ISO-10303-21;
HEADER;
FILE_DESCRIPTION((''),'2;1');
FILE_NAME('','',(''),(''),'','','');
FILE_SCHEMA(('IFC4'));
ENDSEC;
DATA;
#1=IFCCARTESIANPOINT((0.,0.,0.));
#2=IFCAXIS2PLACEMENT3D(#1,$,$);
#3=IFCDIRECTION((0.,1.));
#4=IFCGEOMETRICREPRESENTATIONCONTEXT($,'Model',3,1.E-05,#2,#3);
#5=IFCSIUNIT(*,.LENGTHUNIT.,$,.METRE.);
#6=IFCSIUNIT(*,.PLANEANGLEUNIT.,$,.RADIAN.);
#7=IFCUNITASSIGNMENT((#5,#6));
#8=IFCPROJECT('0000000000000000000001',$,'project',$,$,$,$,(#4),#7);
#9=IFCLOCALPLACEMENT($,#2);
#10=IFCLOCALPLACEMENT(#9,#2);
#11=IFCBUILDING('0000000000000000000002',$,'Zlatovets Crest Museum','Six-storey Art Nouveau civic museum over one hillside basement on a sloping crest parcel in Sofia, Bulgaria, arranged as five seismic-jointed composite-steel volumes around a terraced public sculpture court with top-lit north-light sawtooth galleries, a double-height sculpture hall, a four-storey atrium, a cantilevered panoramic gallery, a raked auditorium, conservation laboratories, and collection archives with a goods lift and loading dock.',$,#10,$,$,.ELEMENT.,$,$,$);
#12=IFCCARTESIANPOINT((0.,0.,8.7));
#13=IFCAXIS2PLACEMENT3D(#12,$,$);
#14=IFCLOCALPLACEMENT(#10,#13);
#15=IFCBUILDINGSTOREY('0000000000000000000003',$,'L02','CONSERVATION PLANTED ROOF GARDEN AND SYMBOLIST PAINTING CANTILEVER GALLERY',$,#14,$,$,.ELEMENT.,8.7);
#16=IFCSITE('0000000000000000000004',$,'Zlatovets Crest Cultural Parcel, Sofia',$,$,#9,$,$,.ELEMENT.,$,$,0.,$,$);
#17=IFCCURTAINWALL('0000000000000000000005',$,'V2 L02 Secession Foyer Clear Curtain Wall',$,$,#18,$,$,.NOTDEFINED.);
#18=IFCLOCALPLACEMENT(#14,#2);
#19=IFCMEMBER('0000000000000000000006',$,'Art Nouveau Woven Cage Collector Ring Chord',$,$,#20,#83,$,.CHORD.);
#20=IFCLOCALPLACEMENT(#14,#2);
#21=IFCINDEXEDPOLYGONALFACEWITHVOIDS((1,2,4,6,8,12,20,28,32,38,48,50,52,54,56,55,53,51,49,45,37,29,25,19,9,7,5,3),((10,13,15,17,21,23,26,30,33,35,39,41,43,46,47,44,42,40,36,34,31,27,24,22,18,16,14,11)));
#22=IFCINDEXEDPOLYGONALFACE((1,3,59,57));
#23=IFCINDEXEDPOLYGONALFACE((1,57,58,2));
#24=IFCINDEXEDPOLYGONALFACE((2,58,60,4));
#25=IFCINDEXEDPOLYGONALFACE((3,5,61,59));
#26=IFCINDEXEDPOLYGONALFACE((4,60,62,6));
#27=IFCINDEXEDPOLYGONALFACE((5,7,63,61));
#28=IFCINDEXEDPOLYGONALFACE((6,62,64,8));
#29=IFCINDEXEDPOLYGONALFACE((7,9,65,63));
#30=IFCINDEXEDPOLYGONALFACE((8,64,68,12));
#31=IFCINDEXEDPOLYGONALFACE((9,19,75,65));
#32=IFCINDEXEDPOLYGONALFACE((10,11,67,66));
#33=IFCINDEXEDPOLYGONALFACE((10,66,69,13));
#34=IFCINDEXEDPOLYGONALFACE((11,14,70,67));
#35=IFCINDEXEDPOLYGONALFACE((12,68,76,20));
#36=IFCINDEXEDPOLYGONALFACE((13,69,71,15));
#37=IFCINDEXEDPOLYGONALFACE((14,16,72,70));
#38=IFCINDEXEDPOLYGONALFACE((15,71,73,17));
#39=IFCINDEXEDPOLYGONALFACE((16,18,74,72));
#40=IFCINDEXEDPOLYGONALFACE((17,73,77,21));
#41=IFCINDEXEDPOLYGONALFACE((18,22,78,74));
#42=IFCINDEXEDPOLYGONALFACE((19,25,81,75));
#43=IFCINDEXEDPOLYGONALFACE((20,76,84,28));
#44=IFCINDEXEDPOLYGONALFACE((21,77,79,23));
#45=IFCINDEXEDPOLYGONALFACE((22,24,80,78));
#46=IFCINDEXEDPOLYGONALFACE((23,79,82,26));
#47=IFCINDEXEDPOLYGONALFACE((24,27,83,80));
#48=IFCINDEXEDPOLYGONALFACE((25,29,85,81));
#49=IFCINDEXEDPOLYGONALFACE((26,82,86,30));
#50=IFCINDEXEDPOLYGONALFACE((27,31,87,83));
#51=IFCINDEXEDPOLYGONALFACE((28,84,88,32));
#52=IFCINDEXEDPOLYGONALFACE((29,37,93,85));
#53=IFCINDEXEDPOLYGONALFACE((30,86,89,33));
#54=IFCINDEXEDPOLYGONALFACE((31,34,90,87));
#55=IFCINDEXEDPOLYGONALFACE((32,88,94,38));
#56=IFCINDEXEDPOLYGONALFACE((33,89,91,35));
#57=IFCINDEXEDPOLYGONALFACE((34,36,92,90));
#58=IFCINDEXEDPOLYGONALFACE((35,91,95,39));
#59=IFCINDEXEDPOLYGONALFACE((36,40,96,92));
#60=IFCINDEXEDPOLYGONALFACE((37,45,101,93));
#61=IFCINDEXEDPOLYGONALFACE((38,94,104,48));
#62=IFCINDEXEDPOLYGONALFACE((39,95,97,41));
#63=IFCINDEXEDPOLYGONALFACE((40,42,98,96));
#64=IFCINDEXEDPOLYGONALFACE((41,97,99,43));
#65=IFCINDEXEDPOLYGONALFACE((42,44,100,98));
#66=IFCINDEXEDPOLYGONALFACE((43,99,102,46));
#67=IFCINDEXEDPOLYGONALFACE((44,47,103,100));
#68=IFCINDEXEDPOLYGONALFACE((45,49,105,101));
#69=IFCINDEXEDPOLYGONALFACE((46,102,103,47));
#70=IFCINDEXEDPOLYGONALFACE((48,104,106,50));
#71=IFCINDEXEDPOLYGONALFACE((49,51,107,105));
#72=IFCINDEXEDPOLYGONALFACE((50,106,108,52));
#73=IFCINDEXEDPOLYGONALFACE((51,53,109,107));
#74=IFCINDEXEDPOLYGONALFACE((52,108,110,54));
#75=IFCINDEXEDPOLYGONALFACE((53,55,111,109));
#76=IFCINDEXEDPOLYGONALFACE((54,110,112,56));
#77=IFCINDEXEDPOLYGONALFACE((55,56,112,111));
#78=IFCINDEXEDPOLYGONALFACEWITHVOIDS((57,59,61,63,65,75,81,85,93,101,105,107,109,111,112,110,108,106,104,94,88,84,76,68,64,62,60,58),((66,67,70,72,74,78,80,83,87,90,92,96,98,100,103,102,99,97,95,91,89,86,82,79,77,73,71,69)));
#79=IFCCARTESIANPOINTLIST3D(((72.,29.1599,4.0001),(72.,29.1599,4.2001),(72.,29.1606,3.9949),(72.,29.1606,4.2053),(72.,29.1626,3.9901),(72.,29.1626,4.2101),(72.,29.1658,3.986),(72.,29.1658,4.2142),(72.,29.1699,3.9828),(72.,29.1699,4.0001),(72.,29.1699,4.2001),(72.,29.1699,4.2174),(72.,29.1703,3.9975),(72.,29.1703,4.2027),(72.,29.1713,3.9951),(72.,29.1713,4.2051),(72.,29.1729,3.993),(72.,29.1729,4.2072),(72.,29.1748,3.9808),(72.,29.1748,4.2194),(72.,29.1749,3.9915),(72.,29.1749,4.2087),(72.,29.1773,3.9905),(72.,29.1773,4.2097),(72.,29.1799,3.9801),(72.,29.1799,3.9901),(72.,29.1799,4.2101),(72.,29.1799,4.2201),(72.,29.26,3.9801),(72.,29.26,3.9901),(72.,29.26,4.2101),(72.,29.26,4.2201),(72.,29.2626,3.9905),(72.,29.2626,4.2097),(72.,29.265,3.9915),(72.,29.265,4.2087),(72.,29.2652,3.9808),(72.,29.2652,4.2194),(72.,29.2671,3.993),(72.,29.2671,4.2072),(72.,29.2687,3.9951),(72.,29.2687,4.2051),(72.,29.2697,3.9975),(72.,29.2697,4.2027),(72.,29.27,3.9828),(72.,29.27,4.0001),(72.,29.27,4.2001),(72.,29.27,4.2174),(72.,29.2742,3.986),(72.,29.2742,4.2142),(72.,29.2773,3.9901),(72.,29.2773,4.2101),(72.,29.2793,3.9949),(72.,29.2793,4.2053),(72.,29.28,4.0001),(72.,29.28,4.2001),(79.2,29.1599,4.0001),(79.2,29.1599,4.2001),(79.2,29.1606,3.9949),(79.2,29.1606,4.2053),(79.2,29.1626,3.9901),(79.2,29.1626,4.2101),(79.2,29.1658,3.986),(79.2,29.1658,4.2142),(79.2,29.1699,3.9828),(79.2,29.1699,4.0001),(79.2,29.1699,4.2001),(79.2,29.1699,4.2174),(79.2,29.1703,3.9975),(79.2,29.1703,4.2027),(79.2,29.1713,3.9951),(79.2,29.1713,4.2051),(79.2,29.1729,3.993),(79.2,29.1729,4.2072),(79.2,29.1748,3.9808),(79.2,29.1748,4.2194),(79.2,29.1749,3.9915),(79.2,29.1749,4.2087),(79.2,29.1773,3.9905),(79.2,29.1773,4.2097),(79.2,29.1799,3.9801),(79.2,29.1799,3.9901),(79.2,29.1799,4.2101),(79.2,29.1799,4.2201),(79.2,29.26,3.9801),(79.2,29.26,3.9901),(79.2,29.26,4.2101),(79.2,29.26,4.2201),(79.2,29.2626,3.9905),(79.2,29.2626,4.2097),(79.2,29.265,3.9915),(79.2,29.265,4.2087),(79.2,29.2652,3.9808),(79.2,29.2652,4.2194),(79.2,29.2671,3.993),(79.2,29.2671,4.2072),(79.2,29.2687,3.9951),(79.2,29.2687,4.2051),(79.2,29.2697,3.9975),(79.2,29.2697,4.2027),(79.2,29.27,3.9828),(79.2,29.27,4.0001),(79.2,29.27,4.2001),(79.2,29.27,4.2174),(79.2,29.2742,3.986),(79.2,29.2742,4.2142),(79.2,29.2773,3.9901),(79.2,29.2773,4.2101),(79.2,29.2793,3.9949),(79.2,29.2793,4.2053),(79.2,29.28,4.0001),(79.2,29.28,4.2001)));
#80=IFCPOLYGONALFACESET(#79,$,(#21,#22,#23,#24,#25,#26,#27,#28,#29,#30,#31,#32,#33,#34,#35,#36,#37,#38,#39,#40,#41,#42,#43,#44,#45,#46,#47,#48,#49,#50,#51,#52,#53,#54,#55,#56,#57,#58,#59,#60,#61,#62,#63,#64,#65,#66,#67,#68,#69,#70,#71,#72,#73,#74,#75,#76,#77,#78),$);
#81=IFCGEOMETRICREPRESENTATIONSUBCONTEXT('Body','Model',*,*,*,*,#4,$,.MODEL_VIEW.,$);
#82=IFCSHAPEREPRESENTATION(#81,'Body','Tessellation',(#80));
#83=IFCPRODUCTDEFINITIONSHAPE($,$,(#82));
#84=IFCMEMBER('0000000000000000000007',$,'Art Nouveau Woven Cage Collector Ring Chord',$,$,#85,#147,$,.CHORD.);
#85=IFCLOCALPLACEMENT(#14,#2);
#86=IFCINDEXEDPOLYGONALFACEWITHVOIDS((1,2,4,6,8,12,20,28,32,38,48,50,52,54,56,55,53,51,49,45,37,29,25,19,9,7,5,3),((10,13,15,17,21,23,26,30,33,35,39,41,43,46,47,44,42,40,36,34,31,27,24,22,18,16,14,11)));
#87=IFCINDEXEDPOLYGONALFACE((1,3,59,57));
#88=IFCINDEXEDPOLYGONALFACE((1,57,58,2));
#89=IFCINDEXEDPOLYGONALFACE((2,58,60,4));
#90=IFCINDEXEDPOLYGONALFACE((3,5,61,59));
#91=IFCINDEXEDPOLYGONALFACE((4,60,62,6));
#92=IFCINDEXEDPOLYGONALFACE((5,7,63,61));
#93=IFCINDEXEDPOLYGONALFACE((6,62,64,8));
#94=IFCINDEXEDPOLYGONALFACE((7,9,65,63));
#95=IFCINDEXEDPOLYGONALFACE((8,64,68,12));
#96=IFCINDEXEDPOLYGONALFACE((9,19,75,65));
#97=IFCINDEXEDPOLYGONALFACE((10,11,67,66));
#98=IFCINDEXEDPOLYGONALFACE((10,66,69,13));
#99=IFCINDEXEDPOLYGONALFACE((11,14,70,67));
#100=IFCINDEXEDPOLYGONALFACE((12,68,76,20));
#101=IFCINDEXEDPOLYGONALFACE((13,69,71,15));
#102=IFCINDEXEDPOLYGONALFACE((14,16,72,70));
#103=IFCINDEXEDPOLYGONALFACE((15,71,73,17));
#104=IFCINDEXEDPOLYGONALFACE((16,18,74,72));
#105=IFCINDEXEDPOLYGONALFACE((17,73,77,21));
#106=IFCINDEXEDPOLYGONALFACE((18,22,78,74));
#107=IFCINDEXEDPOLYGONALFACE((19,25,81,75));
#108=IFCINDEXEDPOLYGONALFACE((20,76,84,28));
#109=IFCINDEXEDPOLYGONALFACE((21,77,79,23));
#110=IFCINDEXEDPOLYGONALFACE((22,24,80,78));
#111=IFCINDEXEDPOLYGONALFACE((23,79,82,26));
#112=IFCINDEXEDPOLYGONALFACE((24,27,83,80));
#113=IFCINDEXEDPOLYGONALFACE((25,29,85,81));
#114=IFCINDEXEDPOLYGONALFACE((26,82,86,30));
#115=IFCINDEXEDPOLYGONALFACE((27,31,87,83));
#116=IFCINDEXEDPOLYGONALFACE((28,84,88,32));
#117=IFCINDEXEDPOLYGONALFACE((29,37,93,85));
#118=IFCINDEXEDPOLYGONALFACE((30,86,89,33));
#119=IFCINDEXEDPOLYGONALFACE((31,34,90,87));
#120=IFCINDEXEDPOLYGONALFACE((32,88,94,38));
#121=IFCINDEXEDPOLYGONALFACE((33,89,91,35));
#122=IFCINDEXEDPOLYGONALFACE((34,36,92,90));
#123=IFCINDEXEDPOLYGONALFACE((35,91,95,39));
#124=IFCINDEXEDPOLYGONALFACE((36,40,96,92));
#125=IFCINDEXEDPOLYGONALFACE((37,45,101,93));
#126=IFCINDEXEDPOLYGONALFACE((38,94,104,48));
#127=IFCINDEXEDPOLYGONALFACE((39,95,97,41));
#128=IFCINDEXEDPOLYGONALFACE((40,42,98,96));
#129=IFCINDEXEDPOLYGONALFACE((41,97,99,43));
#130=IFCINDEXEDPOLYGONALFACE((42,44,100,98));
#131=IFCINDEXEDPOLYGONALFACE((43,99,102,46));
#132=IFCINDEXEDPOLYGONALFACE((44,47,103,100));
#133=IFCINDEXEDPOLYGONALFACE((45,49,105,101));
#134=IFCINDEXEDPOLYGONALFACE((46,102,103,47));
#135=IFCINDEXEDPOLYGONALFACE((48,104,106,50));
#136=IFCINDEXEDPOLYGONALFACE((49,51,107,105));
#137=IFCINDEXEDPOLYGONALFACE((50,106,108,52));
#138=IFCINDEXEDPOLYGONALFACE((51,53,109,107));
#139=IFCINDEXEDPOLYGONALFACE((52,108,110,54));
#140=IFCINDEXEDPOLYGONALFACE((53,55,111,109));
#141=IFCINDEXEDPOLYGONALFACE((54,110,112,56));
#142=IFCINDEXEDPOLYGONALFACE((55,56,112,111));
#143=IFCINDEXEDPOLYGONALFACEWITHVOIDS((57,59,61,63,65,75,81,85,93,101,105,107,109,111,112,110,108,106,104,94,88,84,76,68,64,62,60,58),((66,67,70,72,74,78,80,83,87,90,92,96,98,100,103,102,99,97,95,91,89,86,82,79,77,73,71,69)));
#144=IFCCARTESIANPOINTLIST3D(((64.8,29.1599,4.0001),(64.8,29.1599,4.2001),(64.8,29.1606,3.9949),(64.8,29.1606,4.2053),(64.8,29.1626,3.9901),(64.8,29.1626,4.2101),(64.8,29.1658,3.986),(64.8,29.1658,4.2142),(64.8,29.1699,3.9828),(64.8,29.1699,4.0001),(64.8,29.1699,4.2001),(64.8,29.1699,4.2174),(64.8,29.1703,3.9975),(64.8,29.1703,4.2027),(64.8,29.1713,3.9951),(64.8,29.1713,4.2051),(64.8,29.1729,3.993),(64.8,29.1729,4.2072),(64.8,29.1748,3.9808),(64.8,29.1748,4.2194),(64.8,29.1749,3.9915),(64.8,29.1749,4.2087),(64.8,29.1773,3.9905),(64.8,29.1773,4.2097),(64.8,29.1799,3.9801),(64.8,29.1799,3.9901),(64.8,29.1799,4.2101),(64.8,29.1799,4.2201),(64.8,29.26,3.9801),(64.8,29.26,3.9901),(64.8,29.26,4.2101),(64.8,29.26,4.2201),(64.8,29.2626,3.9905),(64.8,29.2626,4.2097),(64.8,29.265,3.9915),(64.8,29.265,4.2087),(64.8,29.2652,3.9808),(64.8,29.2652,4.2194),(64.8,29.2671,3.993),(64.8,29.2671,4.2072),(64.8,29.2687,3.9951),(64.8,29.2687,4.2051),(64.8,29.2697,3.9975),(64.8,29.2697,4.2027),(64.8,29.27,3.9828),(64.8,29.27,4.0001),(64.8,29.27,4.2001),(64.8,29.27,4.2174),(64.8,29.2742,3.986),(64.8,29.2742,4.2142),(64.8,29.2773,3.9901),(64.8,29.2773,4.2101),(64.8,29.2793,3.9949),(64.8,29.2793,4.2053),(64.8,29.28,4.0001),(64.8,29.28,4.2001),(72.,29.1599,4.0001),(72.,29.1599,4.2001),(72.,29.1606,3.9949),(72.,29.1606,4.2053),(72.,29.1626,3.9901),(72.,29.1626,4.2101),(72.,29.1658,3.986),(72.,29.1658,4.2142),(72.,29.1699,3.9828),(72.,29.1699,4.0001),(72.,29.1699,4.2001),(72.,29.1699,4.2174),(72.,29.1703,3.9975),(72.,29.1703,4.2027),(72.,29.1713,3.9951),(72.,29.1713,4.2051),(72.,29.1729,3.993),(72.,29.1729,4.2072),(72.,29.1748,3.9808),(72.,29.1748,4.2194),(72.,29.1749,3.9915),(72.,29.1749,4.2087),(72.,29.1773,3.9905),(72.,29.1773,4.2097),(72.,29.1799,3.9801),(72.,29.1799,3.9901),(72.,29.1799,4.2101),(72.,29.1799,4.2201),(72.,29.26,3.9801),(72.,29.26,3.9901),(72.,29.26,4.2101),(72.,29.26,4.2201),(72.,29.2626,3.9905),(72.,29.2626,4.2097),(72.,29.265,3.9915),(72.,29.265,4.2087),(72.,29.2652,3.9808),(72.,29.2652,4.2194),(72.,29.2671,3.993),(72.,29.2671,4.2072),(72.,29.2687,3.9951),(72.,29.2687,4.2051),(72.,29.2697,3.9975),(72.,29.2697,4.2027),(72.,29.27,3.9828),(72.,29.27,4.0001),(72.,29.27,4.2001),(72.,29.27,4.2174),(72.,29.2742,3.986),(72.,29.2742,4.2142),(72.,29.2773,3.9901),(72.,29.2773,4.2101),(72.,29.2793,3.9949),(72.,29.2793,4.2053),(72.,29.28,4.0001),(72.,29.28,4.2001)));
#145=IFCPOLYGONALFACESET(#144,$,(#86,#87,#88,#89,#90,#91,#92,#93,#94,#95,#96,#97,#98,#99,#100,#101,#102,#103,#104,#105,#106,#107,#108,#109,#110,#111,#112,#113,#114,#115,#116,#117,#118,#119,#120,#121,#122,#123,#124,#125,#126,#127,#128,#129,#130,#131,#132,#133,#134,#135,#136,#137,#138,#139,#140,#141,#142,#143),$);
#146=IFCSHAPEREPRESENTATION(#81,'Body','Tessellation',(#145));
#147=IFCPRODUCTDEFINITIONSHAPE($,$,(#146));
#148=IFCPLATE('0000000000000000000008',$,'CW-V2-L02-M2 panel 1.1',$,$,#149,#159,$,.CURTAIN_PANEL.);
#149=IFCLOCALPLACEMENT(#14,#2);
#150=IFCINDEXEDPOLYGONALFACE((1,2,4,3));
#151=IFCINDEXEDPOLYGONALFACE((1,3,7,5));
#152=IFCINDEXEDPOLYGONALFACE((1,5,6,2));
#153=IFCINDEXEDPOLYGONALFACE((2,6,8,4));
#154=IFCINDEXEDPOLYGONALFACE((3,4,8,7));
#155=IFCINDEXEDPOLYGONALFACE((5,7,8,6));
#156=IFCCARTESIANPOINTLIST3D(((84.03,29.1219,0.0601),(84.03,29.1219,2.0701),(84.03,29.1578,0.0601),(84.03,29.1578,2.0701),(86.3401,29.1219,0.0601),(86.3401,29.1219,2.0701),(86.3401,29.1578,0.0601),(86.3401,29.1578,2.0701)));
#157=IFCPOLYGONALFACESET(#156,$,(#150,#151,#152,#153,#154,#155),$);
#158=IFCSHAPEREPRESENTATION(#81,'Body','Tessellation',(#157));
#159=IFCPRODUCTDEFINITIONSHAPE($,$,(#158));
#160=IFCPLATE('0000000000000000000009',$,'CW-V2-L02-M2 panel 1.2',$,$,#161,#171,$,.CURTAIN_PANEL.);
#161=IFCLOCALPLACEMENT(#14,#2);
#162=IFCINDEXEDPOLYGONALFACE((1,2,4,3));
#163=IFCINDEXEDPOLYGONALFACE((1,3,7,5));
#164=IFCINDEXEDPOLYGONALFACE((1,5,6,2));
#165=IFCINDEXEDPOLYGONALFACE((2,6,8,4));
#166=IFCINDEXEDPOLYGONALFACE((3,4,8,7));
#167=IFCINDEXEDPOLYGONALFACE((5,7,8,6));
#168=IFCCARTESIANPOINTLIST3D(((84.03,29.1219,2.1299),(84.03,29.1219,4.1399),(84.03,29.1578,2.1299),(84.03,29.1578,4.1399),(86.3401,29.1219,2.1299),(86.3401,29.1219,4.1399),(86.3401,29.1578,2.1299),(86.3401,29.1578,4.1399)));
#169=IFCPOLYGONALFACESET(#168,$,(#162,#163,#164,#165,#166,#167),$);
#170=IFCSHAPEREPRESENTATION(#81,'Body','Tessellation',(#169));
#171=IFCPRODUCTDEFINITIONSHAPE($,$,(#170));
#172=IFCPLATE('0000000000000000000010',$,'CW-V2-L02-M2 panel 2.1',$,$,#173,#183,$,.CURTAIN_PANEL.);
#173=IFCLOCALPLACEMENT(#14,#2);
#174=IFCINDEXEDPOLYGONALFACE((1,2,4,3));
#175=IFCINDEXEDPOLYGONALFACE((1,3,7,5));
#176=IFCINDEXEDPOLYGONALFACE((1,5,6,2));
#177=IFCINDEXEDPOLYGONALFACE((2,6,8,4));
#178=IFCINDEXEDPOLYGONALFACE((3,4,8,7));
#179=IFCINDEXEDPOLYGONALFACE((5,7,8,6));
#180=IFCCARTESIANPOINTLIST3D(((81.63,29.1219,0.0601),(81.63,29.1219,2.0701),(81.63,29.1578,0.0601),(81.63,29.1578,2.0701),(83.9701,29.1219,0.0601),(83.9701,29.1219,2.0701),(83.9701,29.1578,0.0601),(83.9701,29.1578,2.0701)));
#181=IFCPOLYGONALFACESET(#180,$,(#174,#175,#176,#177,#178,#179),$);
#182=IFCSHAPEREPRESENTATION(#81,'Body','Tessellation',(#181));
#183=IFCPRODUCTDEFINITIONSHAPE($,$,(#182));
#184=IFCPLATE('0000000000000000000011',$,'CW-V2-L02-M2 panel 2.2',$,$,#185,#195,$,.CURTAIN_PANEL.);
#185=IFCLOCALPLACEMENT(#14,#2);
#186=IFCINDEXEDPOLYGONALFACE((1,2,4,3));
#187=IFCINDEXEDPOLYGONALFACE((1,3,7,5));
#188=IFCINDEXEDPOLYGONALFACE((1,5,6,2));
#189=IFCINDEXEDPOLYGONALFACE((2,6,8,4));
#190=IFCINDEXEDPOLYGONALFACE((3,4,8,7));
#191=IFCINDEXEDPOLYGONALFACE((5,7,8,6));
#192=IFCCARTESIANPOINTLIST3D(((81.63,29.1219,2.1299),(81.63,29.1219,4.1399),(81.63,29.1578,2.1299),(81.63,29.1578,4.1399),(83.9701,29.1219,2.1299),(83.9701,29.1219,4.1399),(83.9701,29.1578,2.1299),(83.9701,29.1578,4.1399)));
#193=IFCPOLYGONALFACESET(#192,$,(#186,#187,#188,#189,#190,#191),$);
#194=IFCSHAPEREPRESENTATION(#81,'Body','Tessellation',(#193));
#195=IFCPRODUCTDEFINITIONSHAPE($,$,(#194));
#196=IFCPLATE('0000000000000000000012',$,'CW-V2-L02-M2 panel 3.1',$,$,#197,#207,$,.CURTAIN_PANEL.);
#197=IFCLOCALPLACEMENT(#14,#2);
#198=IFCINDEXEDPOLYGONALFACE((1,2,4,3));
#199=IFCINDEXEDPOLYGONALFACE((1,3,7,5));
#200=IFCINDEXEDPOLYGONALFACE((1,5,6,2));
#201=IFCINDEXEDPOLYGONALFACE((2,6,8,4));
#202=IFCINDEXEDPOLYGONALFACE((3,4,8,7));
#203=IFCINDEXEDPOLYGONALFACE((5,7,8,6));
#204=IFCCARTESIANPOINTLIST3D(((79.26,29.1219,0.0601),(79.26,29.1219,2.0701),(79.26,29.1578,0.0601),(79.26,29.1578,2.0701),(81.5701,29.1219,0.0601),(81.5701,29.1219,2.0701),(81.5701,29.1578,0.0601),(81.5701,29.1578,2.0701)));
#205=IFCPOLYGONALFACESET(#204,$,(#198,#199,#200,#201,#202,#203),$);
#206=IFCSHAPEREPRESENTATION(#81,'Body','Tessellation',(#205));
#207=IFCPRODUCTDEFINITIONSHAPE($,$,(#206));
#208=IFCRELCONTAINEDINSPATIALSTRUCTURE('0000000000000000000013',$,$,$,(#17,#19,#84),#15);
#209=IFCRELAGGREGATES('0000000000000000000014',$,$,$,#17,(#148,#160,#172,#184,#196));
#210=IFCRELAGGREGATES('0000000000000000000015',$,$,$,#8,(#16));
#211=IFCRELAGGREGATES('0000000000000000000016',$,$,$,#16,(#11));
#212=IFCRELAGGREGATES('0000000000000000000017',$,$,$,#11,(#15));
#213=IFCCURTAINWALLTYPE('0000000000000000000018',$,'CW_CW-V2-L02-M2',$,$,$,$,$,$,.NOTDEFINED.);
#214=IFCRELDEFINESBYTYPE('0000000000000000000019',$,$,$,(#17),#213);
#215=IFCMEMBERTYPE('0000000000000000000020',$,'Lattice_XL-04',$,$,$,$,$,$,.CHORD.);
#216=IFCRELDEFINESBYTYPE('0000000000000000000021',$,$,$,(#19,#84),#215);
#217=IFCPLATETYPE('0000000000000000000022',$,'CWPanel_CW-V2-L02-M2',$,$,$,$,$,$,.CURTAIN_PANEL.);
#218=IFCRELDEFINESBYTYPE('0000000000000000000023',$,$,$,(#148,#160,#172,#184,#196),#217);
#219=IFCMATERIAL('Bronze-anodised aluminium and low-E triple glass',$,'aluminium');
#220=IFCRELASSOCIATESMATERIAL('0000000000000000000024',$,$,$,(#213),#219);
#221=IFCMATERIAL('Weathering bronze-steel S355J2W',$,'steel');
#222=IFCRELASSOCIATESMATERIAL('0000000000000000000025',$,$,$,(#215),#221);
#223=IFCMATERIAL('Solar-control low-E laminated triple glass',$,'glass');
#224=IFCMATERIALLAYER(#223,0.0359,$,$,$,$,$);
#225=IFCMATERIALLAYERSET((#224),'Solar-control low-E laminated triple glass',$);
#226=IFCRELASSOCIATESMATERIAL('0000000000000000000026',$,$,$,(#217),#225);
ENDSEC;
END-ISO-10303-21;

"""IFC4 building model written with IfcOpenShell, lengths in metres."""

from ifc_helpers import new_model, si_unit, direction, frame, origin, origin_2d, place, context, subcontext, project, spatial, rectangle, hollow_rectangle, extrude, material, layer, layer_set, material_profile, profile_set, type_object, element, aggregate, save


model = new_model("IFC4")

# Units and contexts
model_context = context("Model", 3, precision=1e-05, world=origin(), true_north=direction((0.0, 1.0)))
body_context = subcontext(model_context, "Body", "Model", "MODEL_VIEW")
ifc_project = project(units=[si_unit("LENGTHUNIT", "METRE"), si_unit("PLANEANGLEUNIT", "RADIAN")], contexts=[model_context])

# Site, building, storey
site_placement = place(None, origin())
site = spatial("IfcSite", under=ifc_project, at=site_placement, Name="Zlatovets Crest Cultural Parcel, Sofia", CompositionType="ELEMENT", RefElevation=0.0)
building_placement = place(site_placement, origin())
building = spatial("IfcBuilding", under=site, at=building_placement, Name="Zlatovets Crest Museum", Description="Six-storey Art Nouveau civic museum over one hillside basement on a sloping crest parcel in Sofia, Bulgaria, arranged as five seismic-jointed composite-steel volumes around a terraced public sculpture court with top-lit north-light sawtooth galleries, a double-height sculpture hall, a four-storey atrium, a cantilevered panoramic gallery, a raked auditorium, conservation laboratories, and collection archives with a goods lift and loading dock.", CompositionType="ELEMENT")
storey_placement = place(building_placement, frame((0.0, 0.0, 8.7)))
storey = spatial("IfcBuildingStorey", under=building, at=storey_placement, Name="L02", Description="CONSERVATION PLANTED ROOF GARDEN AND SYMBOLIST PAINTING CANTILEVER GALLERY", CompositionType="ELEMENT", Elevation=8.7)

# Curtain wall
ifc_material_1 = material(Name="Bronze-anodised aluminium and low-E triple glass", Category="aluminium")
curtain_wall_type_1 = type_object("IfcCurtainWallType", Name="CW_CW-V2-L02-M2", PredefinedType="NOTDEFINED", material=ifc_material_1)
curtain_wall_1_placement = place(storey_placement, origin())
curtain_wall_1 = element("IfcCurtainWall", 1, at=curtain_wall_1_placement, inside=storey, type_object=curtain_wall_type_1, Name="V2 L02 Secession Foyer Clear Curtain Wall", PredefinedType="NOTDEFINED")

# Members
ifc_material_2 = material(Name="Weathering bronze-steel S355J2W", Category="steel")
ifc_material_profile_1 = material_profile(ifc_material_2, hollow_rectangle(XDim=0.1201, YDim=0.24, WallThickness=0.01, InnerFilletRadius=0.01, OuterFilletRadius=0.02, at=origin_2d()), Name="RHS 120x240x10.0")
ifc_profile_set_1 = profile_set([ifc_material_profile_1], Name="Weathering bronze-steel S355J2W")
member_type_1 = type_object("IfcMemberType", Name="Lattice_XL-04", PredefinedType="CHORD", material=ifc_profile_set_1)
for number, where, z_axis, x_axis, name in (
    (2, (79.2, 29.22, 4.1001), (-1.0, 0.0, 0.0), (0.0, -1.0, 0.0), "Art Nouveau Woven Cage Collector Ring Chord"),
    (3, (72.0, 29.22, 4.1001), (-1.0, 0.0, 0.0), (0.0, -1.0, 0.0), "Art Nouveau Woven Cage Collector Ring Chord"),
):
    element("IfcMember", number, at=place(storey_placement, frame(where, z_axis=z_axis, x_axis=x_axis)), inside=storey, type_object=member_type_1, Name=name, PredefinedType="CHORD", context=body_context, shape_type="SweptSolid", body=[
        extrude(hollow_rectangle(XDim=0.1201, YDim=0.24, WallThickness=0.01, InnerFilletRadius=0.01, OuterFilletRadius=0.02, at=origin_2d()), origin(), (0.0, 0.0, 1.0), 7.2),
    ])

# Plates
ifc_material_3 = material(Name="Solar-control low-E laminated triple glass", Category="glass")
ifc_layer_1 = layer(ifc_material_3, 0.0359)
ifc_layer_set_1 = layer_set([ifc_layer_1], Name="Solar-control low-E laminated triple glass")
plate_type_1 = type_object("IfcPlateType", Name="CWPanel_CW-V2-L02-M2", PredefinedType="CURTAIN_PANEL", material=ifc_layer_set_1)
plate_1_placement = place(storey_placement, frame((85.1851, 29.1399, 0.0601), z_axis=(0.0, 0.0, 1.0), x_axis=(-1.0, 0.0, 0.0)))
plate_1 = element("IfcPlate", 4, at=plate_1_placement, type_object=plate_type_1, Name="CW-V2-L02-M2 panel 1.1", PredefinedType="CURTAIN_PANEL", context=body_context, shape_type="SweptSolid", body=[
    extrude(rectangle(XDim=2.3101, YDim=0.0359, at=origin_2d()), origin(), (0.0, 0.0, 1.0), 2.01),
])
plate_2_placement = place(storey_placement, frame((85.1851, 29.1399, 2.1299), z_axis=(0.0, 0.0, 1.0), x_axis=(-1.0, 0.0, 0.0)))
plate_2 = element("IfcPlate", 5, at=plate_2_placement, type_object=plate_type_1, Name="CW-V2-L02-M2 panel 1.2", PredefinedType="CURTAIN_PANEL", context=body_context, shape_type="SweptSolid", body=[
    extrude(rectangle(XDim=2.3101, YDim=0.0359, at=origin_2d()), origin(), (0.0, 0.0, 1.0), 2.01),
])
plate_3_placement = place(storey_placement, frame((82.8, 29.1399, 0.0601), z_axis=(0.0, 0.0, 1.0), x_axis=(-1.0, 0.0, 0.0)))
plate_3 = element("IfcPlate", 6, at=plate_3_placement, type_object=plate_type_1, Name="CW-V2-L02-M2 panel 2.1", PredefinedType="CURTAIN_PANEL", context=body_context, shape_type="SweptSolid", body=[
    extrude(rectangle(XDim=2.3401, YDim=0.0359, at=origin_2d()), origin(), (0.0, 0.0, 1.0), 2.01),
])
plate_4_placement = place(storey_placement, frame((82.8, 29.1399, 2.1299), z_axis=(0.0, 0.0, 1.0), x_axis=(-1.0, 0.0, 0.0)))
plate_4 = element("IfcPlate", 7, at=plate_4_placement, type_object=plate_type_1, Name="CW-V2-L02-M2 panel 2.2", PredefinedType="CURTAIN_PANEL", context=body_context, shape_type="SweptSolid", body=[
    extrude(rectangle(XDim=2.3401, YDim=0.0359, at=origin_2d()), origin(), (0.0, 0.0, 1.0), 2.01),
])
plate_5_placement = place(storey_placement, frame((80.415, 29.1399, 0.0601), z_axis=(0.0, 0.0, 1.0), x_axis=(-1.0, 0.0, 0.0)))
plate_5 = element("IfcPlate", 8, at=plate_5_placement, type_object=plate_type_1, Name="CW-V2-L02-M2 panel 3.1", PredefinedType="CURTAIN_PANEL", context=body_context, shape_type="SweptSolid", body=[
    extrude(rectangle(XDim=2.3101, YDim=0.0359, at=origin_2d()), origin(), (0.0, 0.0, 1.0), 2.01),
])
aggregate(curtain_wall_1, [plate_1, plate_2, plate_3, plate_4, plate_5])

save(model, "model.ifc")
